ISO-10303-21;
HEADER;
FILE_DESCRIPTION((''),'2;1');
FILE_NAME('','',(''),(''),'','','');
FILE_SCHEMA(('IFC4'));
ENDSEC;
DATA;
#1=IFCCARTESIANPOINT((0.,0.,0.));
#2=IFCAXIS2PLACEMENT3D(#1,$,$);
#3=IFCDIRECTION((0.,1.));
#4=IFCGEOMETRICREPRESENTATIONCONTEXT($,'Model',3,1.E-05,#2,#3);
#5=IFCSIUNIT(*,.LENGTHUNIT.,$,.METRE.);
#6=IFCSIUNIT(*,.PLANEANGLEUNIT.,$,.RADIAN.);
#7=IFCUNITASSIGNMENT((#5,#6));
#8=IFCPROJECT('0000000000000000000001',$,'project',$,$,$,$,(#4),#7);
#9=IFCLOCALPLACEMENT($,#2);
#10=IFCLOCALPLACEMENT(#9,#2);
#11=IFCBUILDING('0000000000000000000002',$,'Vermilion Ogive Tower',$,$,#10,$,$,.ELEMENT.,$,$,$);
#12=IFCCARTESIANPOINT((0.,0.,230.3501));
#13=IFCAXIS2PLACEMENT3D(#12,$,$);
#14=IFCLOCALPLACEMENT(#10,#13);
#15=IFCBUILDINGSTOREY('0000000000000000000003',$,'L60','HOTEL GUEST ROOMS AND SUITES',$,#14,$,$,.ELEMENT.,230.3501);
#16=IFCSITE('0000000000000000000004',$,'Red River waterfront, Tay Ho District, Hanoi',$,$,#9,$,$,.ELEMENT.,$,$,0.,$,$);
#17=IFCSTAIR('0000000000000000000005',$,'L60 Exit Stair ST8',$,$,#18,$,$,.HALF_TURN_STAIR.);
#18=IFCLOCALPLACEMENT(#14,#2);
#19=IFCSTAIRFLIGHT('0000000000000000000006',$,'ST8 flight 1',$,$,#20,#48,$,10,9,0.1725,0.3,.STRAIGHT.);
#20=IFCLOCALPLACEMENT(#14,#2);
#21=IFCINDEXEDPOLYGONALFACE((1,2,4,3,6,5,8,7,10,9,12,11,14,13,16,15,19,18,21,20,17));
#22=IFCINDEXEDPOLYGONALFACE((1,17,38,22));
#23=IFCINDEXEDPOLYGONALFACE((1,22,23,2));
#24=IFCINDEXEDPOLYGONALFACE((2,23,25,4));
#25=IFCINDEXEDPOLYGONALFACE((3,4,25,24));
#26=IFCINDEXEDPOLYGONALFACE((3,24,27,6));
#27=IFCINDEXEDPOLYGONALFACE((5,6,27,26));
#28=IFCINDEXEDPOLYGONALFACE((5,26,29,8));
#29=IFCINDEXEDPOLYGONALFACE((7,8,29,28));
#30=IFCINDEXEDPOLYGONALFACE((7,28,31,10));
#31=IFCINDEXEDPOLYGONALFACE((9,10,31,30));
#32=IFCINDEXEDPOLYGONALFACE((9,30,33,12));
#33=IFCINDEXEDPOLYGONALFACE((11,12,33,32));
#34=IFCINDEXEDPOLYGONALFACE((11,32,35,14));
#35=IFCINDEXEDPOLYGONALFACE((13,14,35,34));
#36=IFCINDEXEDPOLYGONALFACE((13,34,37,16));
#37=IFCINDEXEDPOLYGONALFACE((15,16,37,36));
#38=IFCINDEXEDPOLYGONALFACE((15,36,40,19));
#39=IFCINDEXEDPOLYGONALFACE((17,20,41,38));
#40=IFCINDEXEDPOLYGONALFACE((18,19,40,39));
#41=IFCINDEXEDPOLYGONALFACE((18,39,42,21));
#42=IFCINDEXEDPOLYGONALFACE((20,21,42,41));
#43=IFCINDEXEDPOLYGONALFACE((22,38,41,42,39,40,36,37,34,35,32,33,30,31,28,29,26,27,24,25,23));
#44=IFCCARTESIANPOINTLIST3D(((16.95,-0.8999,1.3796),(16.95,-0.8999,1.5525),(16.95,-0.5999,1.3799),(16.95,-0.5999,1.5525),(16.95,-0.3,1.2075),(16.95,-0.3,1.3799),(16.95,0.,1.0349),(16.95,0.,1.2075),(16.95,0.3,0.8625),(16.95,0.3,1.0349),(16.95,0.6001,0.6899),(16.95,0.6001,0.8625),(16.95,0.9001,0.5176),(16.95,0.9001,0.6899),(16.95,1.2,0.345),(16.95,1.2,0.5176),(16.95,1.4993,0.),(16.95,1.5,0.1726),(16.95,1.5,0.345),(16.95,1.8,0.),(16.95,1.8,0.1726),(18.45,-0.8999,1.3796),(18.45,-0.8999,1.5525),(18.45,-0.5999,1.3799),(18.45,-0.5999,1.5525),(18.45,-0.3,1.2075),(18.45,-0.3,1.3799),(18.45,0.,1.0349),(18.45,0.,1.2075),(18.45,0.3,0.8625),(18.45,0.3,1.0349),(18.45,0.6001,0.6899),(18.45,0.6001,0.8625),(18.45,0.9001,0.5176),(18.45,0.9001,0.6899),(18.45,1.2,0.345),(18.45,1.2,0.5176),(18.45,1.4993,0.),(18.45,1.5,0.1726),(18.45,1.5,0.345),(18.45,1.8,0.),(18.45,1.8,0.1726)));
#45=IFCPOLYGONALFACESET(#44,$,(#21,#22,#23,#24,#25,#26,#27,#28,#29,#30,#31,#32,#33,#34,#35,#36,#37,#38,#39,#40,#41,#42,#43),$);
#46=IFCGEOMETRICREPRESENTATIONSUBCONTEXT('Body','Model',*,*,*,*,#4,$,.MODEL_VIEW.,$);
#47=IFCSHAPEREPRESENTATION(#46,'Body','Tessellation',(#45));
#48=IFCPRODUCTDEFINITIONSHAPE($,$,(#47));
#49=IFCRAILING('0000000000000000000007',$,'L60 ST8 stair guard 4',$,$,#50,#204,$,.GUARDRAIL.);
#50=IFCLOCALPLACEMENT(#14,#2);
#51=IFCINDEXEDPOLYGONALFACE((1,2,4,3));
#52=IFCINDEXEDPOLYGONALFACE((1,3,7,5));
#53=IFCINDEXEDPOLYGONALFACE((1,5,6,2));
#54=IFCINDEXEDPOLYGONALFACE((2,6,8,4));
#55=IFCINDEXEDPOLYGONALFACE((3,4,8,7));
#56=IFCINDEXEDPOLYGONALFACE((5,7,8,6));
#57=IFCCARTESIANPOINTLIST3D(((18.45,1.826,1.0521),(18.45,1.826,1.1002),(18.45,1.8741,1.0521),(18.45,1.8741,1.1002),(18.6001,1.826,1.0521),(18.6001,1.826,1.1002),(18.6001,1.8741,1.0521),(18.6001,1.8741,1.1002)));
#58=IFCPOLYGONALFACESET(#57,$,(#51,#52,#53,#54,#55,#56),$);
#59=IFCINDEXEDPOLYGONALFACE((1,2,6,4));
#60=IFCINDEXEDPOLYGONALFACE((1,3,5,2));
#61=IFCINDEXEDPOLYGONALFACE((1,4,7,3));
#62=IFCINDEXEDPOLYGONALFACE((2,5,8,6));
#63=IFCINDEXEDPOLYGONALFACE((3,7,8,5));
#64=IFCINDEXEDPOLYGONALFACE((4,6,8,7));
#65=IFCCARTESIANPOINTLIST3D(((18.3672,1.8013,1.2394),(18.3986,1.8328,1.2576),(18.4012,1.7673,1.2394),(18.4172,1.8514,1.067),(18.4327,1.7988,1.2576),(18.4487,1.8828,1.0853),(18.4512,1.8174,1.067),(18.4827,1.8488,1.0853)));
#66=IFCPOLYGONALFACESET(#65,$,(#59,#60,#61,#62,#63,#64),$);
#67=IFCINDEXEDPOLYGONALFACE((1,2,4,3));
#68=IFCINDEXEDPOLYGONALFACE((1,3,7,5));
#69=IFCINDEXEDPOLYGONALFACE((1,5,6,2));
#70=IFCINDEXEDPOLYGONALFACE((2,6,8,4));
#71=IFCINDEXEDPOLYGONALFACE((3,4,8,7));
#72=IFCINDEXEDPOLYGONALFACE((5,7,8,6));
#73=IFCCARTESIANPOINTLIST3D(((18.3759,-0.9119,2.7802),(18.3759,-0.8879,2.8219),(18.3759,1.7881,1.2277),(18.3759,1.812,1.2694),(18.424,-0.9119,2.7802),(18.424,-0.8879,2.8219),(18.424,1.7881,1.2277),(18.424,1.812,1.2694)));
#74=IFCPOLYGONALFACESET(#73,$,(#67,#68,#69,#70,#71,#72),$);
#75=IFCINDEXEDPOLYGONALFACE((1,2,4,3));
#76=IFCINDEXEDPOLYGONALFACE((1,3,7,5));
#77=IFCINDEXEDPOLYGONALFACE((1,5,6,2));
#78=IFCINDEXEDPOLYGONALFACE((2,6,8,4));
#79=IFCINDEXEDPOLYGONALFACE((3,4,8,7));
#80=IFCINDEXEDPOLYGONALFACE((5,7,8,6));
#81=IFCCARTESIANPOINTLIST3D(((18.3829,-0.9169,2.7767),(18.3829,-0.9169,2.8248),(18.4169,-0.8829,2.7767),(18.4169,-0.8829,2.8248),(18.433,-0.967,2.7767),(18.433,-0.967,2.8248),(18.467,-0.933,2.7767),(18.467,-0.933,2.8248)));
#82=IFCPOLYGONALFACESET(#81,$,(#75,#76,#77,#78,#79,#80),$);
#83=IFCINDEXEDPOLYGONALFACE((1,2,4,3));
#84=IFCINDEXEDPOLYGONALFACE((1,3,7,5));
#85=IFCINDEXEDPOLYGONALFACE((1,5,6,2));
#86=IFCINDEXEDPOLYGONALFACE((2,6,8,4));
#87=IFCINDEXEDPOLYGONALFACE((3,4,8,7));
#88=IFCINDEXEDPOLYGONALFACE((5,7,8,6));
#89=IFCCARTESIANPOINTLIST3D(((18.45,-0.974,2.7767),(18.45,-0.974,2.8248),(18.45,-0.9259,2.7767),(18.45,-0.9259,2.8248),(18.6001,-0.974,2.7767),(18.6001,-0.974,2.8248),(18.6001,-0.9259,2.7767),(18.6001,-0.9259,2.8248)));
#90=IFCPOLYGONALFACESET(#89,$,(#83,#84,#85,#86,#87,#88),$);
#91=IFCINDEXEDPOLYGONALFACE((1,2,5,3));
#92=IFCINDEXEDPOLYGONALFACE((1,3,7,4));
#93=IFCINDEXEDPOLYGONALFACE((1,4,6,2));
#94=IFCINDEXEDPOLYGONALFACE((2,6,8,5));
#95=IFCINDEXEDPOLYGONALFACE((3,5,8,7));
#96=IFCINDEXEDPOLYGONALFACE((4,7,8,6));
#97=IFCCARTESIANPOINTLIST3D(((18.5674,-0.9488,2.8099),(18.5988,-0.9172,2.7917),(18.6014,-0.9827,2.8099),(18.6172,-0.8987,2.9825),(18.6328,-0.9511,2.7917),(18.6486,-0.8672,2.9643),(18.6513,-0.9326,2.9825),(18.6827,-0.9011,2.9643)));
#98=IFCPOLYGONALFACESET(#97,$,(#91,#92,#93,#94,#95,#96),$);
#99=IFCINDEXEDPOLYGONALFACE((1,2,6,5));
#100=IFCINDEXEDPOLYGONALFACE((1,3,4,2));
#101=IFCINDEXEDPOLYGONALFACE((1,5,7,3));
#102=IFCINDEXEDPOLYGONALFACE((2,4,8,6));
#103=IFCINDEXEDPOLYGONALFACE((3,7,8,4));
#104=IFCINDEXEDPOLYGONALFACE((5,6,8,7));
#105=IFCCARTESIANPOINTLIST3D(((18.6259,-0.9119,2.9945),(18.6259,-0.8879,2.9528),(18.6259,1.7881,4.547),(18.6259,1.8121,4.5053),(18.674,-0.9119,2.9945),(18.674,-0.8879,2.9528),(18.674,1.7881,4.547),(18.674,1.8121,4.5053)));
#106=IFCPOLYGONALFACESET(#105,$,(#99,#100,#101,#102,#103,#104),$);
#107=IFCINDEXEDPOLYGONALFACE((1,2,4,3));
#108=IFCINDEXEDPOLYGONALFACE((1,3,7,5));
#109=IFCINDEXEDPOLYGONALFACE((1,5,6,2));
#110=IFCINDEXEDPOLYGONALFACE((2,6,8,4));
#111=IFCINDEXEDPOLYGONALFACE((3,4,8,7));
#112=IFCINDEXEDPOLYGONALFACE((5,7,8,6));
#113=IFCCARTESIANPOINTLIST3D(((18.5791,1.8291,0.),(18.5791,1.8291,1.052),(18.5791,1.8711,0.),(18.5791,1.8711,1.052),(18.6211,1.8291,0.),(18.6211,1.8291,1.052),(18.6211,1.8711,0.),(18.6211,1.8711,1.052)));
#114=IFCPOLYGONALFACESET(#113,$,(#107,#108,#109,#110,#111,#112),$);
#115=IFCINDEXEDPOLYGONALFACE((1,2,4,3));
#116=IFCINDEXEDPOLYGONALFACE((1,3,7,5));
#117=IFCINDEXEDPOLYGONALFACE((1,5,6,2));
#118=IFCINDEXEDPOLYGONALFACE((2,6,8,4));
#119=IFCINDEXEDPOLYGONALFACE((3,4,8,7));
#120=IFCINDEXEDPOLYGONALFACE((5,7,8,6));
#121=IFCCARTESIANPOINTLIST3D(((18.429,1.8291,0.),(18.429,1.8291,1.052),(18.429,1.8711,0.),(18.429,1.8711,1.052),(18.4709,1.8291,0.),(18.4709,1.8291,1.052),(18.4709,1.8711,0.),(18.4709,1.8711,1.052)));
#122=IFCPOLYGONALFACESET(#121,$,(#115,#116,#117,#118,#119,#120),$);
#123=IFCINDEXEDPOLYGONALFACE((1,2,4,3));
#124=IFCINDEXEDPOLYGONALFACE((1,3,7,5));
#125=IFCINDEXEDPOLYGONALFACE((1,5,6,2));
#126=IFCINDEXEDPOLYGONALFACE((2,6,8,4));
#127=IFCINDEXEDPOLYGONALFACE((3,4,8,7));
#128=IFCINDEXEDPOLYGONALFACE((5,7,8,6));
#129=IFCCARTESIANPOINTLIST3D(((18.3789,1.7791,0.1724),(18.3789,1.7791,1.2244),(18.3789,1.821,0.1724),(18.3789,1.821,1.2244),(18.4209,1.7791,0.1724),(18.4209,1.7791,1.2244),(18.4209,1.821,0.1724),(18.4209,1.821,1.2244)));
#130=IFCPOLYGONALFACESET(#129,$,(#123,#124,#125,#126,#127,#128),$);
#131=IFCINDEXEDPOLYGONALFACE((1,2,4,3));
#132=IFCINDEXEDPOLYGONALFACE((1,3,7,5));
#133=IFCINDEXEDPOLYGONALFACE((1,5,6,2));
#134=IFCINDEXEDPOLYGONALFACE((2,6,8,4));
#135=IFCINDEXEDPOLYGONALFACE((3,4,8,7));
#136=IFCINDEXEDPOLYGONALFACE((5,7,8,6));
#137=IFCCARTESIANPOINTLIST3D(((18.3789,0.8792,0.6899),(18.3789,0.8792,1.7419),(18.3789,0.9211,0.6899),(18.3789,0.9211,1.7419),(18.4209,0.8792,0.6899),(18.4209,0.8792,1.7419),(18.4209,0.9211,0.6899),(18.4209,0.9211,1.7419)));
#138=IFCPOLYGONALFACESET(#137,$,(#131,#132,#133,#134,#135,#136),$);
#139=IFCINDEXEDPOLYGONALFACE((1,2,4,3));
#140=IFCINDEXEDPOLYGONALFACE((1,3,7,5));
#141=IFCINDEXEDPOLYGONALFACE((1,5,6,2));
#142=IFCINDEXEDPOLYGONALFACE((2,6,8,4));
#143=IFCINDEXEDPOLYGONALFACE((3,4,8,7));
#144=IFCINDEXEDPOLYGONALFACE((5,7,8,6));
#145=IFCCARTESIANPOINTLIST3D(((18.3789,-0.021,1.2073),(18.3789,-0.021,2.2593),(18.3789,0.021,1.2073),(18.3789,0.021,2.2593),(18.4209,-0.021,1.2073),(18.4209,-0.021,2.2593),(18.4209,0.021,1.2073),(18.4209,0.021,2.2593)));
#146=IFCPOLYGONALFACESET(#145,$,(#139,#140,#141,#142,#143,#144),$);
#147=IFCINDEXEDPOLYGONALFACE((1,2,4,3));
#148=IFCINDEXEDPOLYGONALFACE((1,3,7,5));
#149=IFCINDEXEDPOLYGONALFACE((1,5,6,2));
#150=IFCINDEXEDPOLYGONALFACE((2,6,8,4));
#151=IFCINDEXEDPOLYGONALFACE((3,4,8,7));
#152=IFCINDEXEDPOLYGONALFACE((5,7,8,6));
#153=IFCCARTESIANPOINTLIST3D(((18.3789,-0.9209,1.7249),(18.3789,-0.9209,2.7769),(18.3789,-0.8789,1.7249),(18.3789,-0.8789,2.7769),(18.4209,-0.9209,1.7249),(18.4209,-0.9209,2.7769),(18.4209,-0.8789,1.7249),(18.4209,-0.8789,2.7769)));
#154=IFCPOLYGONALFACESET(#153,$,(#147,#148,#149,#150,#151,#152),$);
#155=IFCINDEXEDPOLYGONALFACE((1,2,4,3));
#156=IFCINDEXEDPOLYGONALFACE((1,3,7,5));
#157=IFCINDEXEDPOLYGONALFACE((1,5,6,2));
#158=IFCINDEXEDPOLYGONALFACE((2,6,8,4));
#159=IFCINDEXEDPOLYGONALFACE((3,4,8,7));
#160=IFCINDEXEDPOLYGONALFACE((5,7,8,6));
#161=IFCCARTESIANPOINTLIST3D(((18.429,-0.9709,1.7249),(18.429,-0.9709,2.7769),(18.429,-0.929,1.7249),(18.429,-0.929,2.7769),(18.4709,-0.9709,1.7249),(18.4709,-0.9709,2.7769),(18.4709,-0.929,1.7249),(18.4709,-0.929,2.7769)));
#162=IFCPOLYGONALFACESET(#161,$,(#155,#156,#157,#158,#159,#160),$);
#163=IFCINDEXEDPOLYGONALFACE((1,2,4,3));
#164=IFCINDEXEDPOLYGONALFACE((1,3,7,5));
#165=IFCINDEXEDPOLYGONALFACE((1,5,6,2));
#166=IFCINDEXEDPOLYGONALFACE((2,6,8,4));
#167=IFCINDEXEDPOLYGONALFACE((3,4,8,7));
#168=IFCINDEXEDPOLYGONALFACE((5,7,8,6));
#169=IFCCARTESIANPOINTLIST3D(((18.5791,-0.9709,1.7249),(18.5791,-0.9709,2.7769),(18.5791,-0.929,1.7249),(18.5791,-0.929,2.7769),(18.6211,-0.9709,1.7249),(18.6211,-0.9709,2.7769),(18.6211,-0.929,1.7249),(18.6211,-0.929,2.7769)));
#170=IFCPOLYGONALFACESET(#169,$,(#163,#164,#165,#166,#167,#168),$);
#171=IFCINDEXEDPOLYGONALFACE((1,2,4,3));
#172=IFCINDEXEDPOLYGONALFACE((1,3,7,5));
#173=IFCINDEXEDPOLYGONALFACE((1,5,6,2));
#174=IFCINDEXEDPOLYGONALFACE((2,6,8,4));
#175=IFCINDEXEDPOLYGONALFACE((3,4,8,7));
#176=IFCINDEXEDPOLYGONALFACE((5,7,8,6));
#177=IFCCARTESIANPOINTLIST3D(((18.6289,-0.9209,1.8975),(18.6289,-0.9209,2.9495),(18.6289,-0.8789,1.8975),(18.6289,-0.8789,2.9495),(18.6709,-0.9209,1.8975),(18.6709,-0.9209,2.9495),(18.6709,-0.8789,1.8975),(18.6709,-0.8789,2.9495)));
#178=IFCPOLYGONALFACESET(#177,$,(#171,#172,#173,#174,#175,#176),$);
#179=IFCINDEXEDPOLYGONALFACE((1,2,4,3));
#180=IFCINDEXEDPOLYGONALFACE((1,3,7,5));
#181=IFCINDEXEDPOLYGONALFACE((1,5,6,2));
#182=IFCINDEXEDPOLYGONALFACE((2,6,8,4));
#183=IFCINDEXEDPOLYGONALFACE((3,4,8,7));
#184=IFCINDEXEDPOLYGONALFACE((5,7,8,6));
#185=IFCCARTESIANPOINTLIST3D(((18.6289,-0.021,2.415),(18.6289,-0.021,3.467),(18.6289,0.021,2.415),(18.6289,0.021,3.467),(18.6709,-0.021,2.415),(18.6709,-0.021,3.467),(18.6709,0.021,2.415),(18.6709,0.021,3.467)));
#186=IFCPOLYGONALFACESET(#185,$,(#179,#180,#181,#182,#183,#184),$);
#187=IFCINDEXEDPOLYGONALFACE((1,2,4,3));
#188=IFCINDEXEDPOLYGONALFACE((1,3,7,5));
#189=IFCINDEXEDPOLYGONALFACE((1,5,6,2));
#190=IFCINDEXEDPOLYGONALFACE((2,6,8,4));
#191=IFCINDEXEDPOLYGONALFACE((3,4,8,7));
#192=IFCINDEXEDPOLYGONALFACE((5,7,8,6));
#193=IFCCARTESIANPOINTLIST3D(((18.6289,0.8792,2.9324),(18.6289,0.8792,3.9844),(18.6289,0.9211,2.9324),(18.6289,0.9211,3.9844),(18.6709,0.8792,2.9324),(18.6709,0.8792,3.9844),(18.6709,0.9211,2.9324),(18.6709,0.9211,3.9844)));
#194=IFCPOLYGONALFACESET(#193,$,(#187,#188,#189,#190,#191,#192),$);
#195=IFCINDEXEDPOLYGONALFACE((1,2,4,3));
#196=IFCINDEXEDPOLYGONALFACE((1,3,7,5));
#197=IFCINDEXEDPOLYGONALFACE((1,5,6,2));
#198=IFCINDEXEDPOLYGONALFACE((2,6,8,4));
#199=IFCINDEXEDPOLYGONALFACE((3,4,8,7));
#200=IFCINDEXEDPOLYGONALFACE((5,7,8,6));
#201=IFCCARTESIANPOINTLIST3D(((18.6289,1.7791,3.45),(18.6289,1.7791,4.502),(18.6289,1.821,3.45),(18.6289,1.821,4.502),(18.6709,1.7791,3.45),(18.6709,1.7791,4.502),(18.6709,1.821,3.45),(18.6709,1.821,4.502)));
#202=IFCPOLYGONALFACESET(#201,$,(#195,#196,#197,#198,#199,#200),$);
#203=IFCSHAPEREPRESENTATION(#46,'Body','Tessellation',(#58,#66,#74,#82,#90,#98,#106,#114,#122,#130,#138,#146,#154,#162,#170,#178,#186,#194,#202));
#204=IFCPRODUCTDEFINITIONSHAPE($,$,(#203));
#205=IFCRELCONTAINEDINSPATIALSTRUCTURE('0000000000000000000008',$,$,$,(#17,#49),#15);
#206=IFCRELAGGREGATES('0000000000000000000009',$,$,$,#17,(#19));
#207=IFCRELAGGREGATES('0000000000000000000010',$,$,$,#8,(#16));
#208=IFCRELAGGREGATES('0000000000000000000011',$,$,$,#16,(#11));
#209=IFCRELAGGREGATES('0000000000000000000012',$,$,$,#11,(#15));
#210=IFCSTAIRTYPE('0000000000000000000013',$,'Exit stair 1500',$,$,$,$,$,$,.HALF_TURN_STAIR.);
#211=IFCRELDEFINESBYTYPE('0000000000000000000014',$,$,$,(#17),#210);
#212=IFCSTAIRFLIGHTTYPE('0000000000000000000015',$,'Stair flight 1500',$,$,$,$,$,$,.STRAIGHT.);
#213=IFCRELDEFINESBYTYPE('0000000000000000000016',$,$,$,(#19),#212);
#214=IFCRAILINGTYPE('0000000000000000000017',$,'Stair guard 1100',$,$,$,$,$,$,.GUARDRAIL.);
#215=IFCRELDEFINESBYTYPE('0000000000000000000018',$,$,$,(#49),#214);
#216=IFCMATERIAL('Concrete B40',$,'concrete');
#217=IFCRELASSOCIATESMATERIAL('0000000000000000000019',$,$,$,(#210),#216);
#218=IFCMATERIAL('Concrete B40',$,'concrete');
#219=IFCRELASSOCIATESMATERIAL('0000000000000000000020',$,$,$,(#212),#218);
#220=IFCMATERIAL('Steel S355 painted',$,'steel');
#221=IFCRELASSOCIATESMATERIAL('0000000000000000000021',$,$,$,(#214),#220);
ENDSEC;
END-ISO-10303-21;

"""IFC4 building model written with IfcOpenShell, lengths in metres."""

from ifc_helpers import new_model, si_unit, direction, frame, origin, origin_2d, place, context, subcontext, project, spatial, polyline, rectangle, outline, extrude, material, type_object, element, aggregate, save


model = new_model("IFC4")

# Units and contexts
model_context = context("Model", 3, precision=1e-05, world=origin(), true_north=direction((0.0, 1.0)))
body_context = subcontext(model_context, "Body", "Model", "MODEL_VIEW")
ifc_project = project(units=[si_unit("LENGTHUNIT", "METRE"), si_unit("PLANEANGLEUNIT", "RADIAN")], contexts=[model_context])

# Site, building, storey
site_placement = place(None, origin())
site = spatial("IfcSite", under=ifc_project, at=site_placement, Name="Red River waterfront, Tay Ho District, Hanoi", CompositionType="ELEMENT", RefElevation=0.0)
building_placement = place(site_placement, origin())
building = spatial("IfcBuilding", under=site, at=building_placement, Name="Vermilion Ogive Tower", CompositionType="ELEMENT")
storey_placement = place(building_placement, frame((0.0, 0.0, 230.3501)))
storey = spatial("IfcBuildingStorey", under=building, at=storey_placement, Name="L60", Description="HOTEL GUEST ROOMS AND SUITES", CompositionType="ELEMENT", Elevation=230.3501)

# Stair, stair flight
ifc_material_1 = material(Name="Concrete B40", Category="concrete")
stair_type = type_object("IfcStairType", Name="Exit stair 1500", PredefinedType="HALF_TURN_STAIR", material=ifc_material_1)
stair_placement = place(storey_placement, origin())
stair = element("IfcStair", 1, at=stair_placement, inside=storey, type_object=stair_type, Name="L60 Exit Stair ST8", PredefinedType="HALF_TURN_STAIR")
ifc_material_2 = material(Name="Concrete B40", Category="concrete")
stair_flight_type = type_object("IfcStairFlightType", Name="Stair flight 1500", PredefinedType="STRAIGHT", material=ifc_material_2)
stair_flight_placement = place(storey_placement, frame((17.7, 1.8, 0.0), z_axis=(0.0, 0.0, 1.0), x_axis=(0.0, -1.0, 0.0)))
stair_flight = element("IfcStairFlight", 2, at=stair_flight_placement, type_object=stair_flight_type, Name="ST8 flight 1", NumberOfRisers=10, NumberOfTreads=9, PredefinedType="STRAIGHT", RiserHeight=0.1725, TreadLength=0.3, context=body_context, shape_type="SweptSolid", body=[
    extrude(outline(polyline([(0.0, 0.0), (0.0, 0.1726), (0.3, 0.1726), (0.3, 0.345), (0.6001, 0.345), (0.6001, 0.5176), (0.8999, 0.5176), (0.8999, 0.6899), (1.2, 0.6899), (1.2, 0.8625), (1.5, 0.8625), (1.5, 1.0349), (1.8, 1.0349), (1.8, 1.2075), (2.1001, 1.2075), (2.1001, 1.3799), (2.3999, 1.3799), (2.3999, 1.5525), (2.7, 1.5525), (2.7, 1.7251), (2.7, 1.3796), (0.3008, 0.0), (0.0, 0.0)])), frame((0.0, 0.75, 0.0), z_axis=(0.0, -1.0, 0.0), x_axis=(1.0, 0.0, 0.0)), (0.0, 0.0, 1.0), 1.5),
])
aggregate(stair, [stair_flight])

# Railing
ifc_material_3 = material(Name="Steel S355 painted", Category="steel")
railing_type_1 = type_object("IfcRailingType", Name="Stair guard 1100", PredefinedType="GUARDRAIL", material=ifc_material_3)
railing_1_placement = place(storey_placement, frame((18.6001, 1.8501, 0.0)))
element("IfcRailing", 3, at=railing_1_placement, inside=storey, type_object=railing_type_1, Name="L60 ST8 stair guard 4", PredefinedType="GUARDRAIL", context=body_context, shape_type="SweptSolid", body=[
    extrude(rectangle(XDim=0.0481, YDim=0.0481, at=origin_2d()), frame((0.0, 0.0, 1.0762), z_axis=(-1.0, 0.0, 0.0), x_axis=(0.0, -1.0, 0.0)), (0.0, 0.0, 1.0), 0.1501),
    extrude(rectangle(XDim=0.0481, YDim=0.0481, at=origin_2d()), frame((-0.1501, 0.0, 1.0762), z_axis=(-0.268603, -0.268603, 0.925043), x_axis=(0.707107, -0.707107, 0.0)), (0.0, 0.0, 1.0), 0.1863),
    extrude(rectangle(XDim=0.0481, YDim=0.0481, at=origin_2d()), frame((-0.2002, -0.05, 1.2485), z_axis=(0.0, -0.866904, 0.498476), x_axis=(1.0, 0.0, 0.0)), (0.0, 0.0, 1.0), 3.1145),
    extrude(rectangle(XDim=0.0481, YDim=0.0481, at=origin_2d()), frame((-0.2002, -2.75, 2.8008), z_axis=(0.707107, -0.707107, 0.0), x_axis=(0.707107, 0.707107, 0.0)), (0.0, 0.0, 1.0), 0.0708),
    extrude(rectangle(XDim=0.0481, YDim=0.0481, at=origin_2d()), frame((-0.1501, -2.8, 2.8008), z_axis=(1.0, 0.0, 0.0), x_axis=(0.0, 1.0, 0.0)), (0.0, 0.0, 1.0), 0.1501),
    extrude(rectangle(XDim=0.0481, YDim=0.0481, at=origin_2d()), frame((0.0, -2.8, 2.8008), z_axis=(0.267063, 0.268372, 0.925556), x_axis=(-0.708834, 0.705376, 0.0)), (0.0, 0.0, 1.0), 0.1865),
    extrude(rectangle(XDim=0.0481, YDim=0.0481, at=origin_2d()), frame((0.0498, -2.75, 2.9736), z_axis=(0.0, 0.866904, 0.498476), x_axis=(-1.0, 0.0, 0.0)), (0.0, 0.0, 1.0), 3.1145),
    extrude(rectangle(XDim=0.042, YDim=0.042, at=origin_2d()), origin(), (0.0, 0.0, 1.0), 1.052),
    extrude(rectangle(XDim=0.042, YDim=0.042, at=origin_2d()), frame((-0.1501, 0.0, 0.0)), (0.0, 0.0, 1.0), 1.052),
    extrude(rectangle(XDim=0.042, YDim=0.042, at=origin_2d()), frame((-0.2002, -0.05, 0.1724)), (0.0, 0.0, 1.0), 1.052),
    extrude(rectangle(XDim=0.042, YDim=0.042, at=origin_2d()), frame((-0.2002, -0.95, 0.6899)), (0.0, 0.0, 1.0), 1.052),
    extrude(rectangle(XDim=0.042, YDim=0.042, at=origin_2d()), frame((-0.2002, -1.8501, 1.2073)), (0.0, 0.0, 1.0), 1.052),
    extrude(rectangle(XDim=0.042, YDim=0.042, at=origin_2d()), frame((-0.2002, -2.75, 1.7249)), (0.0, 0.0, 1.0), 1.052),
    extrude(rectangle(XDim=0.042, YDim=0.042, at=origin_2d()), frame((-0.1501, -2.8, 1.7249)), (0.0, 0.0, 1.0), 1.052),
    extrude(rectangle(XDim=0.042, YDim=0.042, at=origin_2d()), frame((0.0, -2.8, 1.7249)), (0.0, 0.0, 1.0), 1.052),
    extrude(rectangle(XDim=0.042, YDim=0.042, at=origin_2d()), frame((0.0498, -2.75, 1.8975)), (0.0, 0.0, 1.0), 1.052),
    extrude(rectangle(XDim=0.042, YDim=0.042, at=origin_2d()), frame((0.0498, -1.8501, 2.415)), (0.0, 0.0, 1.0), 1.052),
    extrude(rectangle(XDim=0.042, YDim=0.042, at=origin_2d()), frame((0.0498, -0.95, 2.9324)), (0.0, 0.0, 1.0), 1.052),
    extrude(rectangle(XDim=0.042, YDim=0.042, at=origin_2d()), frame((0.0498, -0.05, 3.45)), (0.0, 0.0, 1.0), 1.052),
])

save(model, "model.ifc")
